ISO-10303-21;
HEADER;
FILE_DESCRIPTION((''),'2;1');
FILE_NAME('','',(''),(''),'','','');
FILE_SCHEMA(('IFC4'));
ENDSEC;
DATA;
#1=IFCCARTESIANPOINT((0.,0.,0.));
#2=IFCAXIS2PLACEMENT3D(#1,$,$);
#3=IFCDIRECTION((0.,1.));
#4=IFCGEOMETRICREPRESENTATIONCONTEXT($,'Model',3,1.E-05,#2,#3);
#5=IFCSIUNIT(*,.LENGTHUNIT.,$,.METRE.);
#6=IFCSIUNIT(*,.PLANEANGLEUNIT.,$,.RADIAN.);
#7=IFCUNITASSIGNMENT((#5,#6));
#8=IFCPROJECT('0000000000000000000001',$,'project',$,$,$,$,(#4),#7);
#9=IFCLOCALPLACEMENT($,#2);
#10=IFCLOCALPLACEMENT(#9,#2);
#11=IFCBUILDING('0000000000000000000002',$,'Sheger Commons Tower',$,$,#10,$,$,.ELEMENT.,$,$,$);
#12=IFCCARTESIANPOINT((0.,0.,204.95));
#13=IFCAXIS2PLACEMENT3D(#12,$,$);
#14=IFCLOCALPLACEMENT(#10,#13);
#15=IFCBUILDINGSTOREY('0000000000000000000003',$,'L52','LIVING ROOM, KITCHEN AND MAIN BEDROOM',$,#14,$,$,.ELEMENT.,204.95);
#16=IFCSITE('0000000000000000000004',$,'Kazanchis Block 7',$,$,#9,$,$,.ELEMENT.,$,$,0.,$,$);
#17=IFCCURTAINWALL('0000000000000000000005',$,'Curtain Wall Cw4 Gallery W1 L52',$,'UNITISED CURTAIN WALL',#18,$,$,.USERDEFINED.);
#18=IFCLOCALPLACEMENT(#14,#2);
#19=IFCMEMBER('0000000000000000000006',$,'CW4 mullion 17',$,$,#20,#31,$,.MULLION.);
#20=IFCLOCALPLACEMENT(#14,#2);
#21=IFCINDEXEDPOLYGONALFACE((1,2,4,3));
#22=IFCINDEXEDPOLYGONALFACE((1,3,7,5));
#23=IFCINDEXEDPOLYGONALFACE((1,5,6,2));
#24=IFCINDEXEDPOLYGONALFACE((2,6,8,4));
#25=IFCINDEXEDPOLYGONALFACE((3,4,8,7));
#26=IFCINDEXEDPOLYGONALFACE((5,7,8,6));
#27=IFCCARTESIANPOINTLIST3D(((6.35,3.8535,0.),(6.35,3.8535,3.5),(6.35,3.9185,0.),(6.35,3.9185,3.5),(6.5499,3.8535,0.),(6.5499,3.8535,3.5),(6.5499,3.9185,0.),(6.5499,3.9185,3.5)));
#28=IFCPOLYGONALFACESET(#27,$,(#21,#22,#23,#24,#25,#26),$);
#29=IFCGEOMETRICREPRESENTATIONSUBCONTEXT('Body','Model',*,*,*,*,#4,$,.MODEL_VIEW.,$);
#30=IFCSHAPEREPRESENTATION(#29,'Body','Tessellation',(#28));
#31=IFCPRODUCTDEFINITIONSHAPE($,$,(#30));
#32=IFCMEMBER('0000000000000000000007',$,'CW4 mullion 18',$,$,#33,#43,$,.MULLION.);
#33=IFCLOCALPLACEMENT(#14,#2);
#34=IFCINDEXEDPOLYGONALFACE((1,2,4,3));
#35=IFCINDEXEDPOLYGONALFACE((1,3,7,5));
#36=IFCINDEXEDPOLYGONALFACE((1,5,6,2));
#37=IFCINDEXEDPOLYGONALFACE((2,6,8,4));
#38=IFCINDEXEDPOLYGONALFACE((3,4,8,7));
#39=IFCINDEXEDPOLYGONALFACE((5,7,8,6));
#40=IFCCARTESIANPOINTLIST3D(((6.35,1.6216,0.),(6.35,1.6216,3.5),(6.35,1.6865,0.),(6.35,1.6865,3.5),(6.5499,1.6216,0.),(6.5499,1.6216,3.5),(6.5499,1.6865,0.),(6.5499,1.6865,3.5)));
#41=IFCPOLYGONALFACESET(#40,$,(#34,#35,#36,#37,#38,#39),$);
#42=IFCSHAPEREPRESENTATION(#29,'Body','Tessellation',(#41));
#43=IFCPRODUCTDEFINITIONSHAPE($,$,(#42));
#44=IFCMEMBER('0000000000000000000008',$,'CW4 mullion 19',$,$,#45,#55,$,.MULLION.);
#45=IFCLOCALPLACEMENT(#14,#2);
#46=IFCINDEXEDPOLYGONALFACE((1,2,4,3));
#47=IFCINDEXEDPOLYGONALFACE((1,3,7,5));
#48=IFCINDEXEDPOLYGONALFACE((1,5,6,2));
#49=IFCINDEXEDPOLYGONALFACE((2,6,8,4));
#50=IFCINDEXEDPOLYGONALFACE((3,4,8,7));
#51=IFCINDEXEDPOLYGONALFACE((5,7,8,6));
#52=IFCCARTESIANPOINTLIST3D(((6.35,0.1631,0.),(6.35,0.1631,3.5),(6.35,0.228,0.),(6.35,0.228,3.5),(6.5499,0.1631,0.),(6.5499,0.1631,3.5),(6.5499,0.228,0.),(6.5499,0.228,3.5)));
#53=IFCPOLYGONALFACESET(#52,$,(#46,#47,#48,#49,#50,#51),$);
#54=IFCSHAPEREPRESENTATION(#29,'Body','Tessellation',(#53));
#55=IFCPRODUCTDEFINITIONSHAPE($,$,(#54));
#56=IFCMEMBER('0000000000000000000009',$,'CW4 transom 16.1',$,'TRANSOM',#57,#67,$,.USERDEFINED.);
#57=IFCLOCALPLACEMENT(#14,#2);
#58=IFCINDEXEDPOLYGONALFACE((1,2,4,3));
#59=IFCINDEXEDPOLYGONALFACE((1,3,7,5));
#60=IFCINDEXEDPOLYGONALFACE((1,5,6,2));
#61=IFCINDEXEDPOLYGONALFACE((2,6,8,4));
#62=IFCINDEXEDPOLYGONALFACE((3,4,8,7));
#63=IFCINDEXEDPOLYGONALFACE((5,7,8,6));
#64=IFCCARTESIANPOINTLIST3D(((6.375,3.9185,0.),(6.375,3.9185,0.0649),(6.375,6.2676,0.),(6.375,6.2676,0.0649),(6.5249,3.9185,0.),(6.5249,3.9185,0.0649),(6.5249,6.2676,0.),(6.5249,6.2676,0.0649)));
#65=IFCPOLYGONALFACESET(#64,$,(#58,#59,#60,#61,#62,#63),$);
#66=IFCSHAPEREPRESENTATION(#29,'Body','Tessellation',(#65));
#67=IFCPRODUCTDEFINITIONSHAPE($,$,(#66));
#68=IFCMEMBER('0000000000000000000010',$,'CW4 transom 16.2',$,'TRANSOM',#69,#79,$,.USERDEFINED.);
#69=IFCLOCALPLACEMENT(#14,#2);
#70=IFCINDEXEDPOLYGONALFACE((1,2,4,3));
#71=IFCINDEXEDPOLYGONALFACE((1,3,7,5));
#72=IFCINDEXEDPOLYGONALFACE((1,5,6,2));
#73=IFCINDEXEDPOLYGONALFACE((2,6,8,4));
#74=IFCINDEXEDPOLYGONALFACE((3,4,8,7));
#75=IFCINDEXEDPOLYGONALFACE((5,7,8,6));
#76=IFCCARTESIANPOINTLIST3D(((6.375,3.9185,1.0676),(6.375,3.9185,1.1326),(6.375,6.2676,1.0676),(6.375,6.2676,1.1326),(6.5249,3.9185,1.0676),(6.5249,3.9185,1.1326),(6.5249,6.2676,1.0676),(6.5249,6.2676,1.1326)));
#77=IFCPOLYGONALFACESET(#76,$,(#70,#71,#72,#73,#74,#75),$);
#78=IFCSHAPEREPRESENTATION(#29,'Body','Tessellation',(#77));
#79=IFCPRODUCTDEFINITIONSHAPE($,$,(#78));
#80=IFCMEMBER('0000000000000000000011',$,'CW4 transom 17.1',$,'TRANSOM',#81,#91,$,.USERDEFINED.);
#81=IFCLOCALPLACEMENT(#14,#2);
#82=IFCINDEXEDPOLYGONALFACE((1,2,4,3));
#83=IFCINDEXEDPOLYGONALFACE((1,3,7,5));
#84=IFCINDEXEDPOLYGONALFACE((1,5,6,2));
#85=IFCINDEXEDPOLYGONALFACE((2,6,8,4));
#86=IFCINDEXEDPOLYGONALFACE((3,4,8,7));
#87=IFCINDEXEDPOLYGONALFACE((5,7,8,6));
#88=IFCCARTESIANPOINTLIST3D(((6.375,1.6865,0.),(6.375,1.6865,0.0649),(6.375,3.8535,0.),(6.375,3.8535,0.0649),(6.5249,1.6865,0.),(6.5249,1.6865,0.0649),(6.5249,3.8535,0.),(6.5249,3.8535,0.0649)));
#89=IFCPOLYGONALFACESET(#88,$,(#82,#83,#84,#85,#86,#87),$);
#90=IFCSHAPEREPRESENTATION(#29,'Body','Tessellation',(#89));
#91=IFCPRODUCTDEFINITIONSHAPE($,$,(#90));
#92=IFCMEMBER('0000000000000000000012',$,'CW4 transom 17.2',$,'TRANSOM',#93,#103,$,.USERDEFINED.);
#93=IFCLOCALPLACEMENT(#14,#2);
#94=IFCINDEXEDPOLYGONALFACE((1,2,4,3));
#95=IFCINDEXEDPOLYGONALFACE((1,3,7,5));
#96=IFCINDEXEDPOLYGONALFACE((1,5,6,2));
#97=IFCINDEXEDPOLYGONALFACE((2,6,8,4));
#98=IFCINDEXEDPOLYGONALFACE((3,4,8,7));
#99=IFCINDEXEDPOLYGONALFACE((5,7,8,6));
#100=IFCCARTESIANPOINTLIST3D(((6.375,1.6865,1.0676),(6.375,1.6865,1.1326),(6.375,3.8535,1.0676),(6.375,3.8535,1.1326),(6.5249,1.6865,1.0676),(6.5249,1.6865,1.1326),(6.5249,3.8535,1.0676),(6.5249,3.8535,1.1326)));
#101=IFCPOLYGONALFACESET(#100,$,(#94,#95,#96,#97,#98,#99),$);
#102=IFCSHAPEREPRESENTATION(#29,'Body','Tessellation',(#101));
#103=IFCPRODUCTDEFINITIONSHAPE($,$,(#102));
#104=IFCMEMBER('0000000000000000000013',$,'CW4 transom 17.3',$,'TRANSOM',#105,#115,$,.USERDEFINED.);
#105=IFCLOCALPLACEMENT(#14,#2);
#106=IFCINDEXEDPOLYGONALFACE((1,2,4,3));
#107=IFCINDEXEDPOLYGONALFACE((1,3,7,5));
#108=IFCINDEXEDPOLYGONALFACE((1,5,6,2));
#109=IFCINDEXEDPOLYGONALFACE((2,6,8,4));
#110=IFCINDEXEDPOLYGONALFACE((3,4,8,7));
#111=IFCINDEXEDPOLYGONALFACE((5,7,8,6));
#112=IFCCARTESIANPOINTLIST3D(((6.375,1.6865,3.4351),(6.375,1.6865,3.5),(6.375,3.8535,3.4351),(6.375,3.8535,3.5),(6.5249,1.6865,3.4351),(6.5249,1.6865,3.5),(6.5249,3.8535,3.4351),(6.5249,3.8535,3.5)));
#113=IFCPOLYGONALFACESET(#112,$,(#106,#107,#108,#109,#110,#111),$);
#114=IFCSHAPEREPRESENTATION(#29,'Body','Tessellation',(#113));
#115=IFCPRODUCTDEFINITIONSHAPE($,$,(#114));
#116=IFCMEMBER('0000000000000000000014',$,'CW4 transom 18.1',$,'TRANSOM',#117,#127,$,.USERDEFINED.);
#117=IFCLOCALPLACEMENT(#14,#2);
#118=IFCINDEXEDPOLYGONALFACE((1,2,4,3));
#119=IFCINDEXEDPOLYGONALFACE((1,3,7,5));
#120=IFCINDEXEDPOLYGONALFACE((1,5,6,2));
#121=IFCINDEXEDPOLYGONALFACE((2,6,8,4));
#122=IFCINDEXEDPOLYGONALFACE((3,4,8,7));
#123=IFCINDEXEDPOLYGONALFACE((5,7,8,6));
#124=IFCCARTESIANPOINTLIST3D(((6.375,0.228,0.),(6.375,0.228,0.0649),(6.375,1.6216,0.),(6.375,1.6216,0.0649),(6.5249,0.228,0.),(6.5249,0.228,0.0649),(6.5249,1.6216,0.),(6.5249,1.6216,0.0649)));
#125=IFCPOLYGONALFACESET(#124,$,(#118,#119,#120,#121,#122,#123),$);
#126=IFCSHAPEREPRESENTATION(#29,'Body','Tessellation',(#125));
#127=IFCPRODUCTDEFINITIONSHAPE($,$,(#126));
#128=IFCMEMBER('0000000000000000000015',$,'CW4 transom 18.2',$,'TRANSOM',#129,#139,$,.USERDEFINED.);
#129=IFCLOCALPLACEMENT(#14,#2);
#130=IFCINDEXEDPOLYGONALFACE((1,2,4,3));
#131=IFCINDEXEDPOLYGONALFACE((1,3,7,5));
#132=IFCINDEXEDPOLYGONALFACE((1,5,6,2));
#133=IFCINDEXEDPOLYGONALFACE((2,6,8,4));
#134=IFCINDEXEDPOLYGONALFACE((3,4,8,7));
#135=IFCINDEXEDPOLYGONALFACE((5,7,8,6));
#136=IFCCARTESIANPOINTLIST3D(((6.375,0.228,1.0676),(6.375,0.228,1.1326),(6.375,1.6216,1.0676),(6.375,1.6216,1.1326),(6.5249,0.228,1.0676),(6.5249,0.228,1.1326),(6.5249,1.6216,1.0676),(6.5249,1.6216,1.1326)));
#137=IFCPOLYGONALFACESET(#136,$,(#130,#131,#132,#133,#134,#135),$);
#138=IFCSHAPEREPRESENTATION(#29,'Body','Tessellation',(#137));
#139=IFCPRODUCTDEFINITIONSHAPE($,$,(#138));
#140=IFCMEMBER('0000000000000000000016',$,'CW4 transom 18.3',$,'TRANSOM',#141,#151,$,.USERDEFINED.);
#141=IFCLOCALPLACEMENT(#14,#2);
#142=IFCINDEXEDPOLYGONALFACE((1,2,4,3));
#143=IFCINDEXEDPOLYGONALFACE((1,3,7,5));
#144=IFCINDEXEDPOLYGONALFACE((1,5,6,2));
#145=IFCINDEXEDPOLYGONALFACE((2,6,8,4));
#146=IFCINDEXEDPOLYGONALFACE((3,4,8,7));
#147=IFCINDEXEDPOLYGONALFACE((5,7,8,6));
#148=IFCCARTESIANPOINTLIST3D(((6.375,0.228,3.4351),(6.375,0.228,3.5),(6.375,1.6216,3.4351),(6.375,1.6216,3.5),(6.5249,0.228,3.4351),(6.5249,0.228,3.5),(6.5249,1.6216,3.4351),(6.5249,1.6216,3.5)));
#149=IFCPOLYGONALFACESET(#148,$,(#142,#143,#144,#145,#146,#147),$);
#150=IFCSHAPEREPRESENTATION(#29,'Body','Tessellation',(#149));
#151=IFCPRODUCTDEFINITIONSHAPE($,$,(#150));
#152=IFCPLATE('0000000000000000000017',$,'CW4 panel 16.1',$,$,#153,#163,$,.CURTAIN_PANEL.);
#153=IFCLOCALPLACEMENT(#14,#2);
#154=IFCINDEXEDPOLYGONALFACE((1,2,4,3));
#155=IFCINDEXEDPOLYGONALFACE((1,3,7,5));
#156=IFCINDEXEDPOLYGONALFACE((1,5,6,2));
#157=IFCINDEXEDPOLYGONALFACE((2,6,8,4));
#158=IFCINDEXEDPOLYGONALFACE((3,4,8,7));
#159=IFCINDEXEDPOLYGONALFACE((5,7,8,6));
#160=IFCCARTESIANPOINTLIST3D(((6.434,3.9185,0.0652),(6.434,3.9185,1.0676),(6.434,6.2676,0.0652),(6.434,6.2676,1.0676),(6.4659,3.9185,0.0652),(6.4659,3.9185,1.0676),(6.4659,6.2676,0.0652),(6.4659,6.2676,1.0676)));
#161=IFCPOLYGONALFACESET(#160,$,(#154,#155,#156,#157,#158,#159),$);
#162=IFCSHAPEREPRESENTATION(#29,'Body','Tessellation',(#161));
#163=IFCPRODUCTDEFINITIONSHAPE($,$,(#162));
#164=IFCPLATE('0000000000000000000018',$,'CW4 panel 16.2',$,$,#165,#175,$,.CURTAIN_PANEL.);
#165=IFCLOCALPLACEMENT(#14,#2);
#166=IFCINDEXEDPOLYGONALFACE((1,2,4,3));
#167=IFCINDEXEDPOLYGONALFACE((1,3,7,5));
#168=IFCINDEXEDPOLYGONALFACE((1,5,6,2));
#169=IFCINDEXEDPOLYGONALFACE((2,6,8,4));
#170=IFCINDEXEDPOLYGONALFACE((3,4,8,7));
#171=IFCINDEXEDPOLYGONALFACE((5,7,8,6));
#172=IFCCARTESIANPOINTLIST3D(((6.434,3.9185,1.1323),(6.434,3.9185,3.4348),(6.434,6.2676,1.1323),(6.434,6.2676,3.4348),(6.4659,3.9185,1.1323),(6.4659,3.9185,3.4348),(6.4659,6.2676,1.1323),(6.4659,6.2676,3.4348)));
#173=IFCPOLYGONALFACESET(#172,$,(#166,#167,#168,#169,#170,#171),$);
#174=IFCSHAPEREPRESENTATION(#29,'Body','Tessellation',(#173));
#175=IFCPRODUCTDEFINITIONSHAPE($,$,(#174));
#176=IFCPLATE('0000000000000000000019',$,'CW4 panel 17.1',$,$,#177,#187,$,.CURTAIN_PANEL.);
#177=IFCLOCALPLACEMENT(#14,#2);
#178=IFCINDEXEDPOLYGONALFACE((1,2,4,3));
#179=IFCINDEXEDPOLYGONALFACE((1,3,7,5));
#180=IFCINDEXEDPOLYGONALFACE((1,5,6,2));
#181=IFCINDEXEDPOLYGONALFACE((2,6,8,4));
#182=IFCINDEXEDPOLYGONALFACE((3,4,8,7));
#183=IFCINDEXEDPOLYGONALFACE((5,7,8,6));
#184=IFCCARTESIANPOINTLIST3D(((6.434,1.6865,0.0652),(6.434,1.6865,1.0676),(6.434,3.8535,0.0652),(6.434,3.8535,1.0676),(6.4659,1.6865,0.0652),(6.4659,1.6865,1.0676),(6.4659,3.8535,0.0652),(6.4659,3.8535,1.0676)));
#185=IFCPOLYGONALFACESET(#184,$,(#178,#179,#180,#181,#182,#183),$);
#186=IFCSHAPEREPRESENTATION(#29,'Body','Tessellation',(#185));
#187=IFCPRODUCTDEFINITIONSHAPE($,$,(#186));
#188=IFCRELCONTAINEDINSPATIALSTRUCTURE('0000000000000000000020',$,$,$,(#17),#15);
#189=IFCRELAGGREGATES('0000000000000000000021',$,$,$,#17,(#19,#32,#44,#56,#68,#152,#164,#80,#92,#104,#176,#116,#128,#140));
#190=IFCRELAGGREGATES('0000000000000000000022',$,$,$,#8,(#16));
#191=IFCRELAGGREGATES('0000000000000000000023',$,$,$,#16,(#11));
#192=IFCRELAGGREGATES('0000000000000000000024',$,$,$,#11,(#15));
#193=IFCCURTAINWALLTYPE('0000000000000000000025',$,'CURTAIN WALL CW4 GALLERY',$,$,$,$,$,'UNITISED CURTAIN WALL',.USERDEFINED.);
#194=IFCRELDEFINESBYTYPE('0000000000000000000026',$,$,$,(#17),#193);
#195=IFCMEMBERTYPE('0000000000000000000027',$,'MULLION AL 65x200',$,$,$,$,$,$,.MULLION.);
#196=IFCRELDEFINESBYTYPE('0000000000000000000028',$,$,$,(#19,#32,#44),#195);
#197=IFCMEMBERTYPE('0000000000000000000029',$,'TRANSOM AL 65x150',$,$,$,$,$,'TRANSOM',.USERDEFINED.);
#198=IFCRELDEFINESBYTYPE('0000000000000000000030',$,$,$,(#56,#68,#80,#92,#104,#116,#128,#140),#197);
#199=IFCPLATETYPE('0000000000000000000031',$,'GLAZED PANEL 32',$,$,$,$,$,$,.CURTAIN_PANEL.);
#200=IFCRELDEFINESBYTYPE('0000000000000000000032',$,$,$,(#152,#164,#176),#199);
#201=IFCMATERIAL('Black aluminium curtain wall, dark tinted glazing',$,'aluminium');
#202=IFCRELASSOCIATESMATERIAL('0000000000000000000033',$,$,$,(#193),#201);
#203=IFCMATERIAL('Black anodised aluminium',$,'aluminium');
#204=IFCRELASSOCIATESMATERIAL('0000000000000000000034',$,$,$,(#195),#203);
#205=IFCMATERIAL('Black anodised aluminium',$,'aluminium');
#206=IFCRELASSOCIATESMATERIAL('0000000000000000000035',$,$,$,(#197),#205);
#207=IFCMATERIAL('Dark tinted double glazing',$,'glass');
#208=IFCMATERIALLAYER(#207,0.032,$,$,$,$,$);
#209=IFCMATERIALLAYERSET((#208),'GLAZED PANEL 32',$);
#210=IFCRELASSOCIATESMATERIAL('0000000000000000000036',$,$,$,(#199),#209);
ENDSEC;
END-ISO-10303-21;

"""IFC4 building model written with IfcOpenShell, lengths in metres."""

from ifc_helpers import new_model, si_unit, direction, frame, origin, origin_2d, place, context, subcontext, project, spatial, rectangle, extrude, material, layer, layer_set, material_profile, profile_set, type_object, element, aggregate, save


model = new_model("IFC4")

# Units and contexts
model_context = context("Model", 3, precision=1e-05, world=origin(), true_north=direction((0.0, 1.0)))
body_context = subcontext(model_context, "Body", "Model", "MODEL_VIEW")
ifc_project = project(units=[si_unit("LENGTHUNIT", "METRE"), si_unit("PLANEANGLEUNIT", "RADIAN")], contexts=[model_context])

# Site, building, storey
site_placement = place(None, origin())
site = spatial("IfcSite", under=ifc_project, at=site_placement, Name="Kazanchis Block 7", CompositionType="ELEMENT", RefElevation=0.0)
building_placement = place(site_placement, origin())
building = spatial("IfcBuilding", under=site, at=building_placement, Name="Sheger Commons Tower", CompositionType="ELEMENT")
storey_placement = place(building_placement, frame((0.0, 0.0, 204.95)))
storey = spatial("IfcBuildingStorey", under=building, at=storey_placement, Name="L52", Description="LIVING ROOM, KITCHEN AND MAIN BEDROOM", CompositionType="ELEMENT", Elevation=204.95)

# Curtain wall, members, plates
ifc_material_1 = material(Name="Black aluminium curtain wall, dark tinted glazing", Category="aluminium")
curtain_wall_type = type_object("IfcCurtainWallType", Name="CURTAIN WALL CW4 GALLERY", ElementType="UNITISED CURTAIN WALL", PredefinedType="USERDEFINED", material=ifc_material_1)
curtain_wall_placement = place(storey_placement, origin())
curtain_wall = element("IfcCurtainWall", 1, at=curtain_wall_placement, inside=storey, type_object=curtain_wall_type, Name="Curtain Wall Cw4 Gallery W1 L52", ObjectType="UNITISED CURTAIN WALL", PredefinedType="USERDEFINED")
ifc_material_2 = material(Name="Black anodised aluminium", Category="aluminium")
ifc_material_profile_1 = material_profile(ifc_material_2, rectangle(XDim=0.2, YDim=0.0649, at=origin_2d()), Name="AL 65x200")
ifc_profile_set_1 = profile_set([ifc_material_profile_1], Name="Black anodised aluminium")
member_type_1 = type_object("IfcMemberType", Name="MULLION AL 65x200", PredefinedType="MULLION", material=ifc_profile_set_1)
member_1_placement = place(storey_placement, frame((6.45, 3.886, 0.0), z_axis=(0.0, 0.0, 1.0), x_axis=(1.0, 0.0, 0.0)))
member_1 = element("IfcMember", 2, at=member_1_placement, type_object=member_type_1, Name="CW4 mullion 17", PredefinedType="MULLION", context=body_context, shape_type="SweptSolid", body=[
    extrude(rectangle(XDim=0.2, YDim=0.0649, at=origin_2d()), origin(), (0.0, 0.0, 1.0), 3.5),
])
member_2_placement = place(storey_placement, frame((6.45, 1.6541, 0.0), z_axis=(0.0, 0.0, 1.0), x_axis=(1.0, 0.0, 0.0)))
member_2 = element("IfcMember", 3, at=member_2_placement, type_object=member_type_1, Name="CW4 mullion 18", PredefinedType="MULLION", context=body_context, shape_type="SweptSolid", body=[
    extrude(rectangle(XDim=0.2, YDim=0.0649, at=origin_2d()), origin(), (0.0, 0.0, 1.0), 3.5),
])
member_3_placement = place(storey_placement, frame((6.45, 0.1956, 0.0), z_axis=(0.0, 0.0, 1.0), x_axis=(1.0, 0.0, 0.0)))
member_3 = element("IfcMember", 4, at=member_3_placement, type_object=member_type_1, Name="CW4 mullion 19", PredefinedType="MULLION", context=body_context, shape_type="SweptSolid", body=[
    extrude(rectangle(XDim=0.2, YDim=0.0649, at=origin_2d()), origin(), (0.0, 0.0, 1.0), 3.5),
])
ifc_material_3 = material(Name="Black anodised aluminium", Category="aluminium")
ifc_material_profile_2 = material_profile(ifc_material_3, rectangle(XDim=0.1499, YDim=0.0649, at=origin_2d()), Name="AL 65x150")
ifc_profile_set_2 = profile_set([ifc_material_profile_2], Name="Black anodised aluminium")
member_type_2 = type_object("IfcMemberType", Name="TRANSOM AL 65x150", ElementType="TRANSOM", PredefinedType="USERDEFINED", material=ifc_profile_set_2)
member_4_placement = place(storey_placement, frame((6.45, 6.2676, 0.0325), z_axis=(0.0, -1.0, 0.0), x_axis=(1.0, 0.0, 0.0)))
member_4 = element("IfcMember", 5, at=member_4_placement, type_object=member_type_2, Name="CW4 transom 16.1", ObjectType="TRANSOM", PredefinedType="USERDEFINED", context=body_context, shape_type="SweptSolid", body=[
    extrude(rectangle(XDim=0.1499, YDim=0.0649, at=origin_2d()), origin(), (0.0, 0.0, 1.0), 2.3491),
])
member_5_placement = place(storey_placement, frame((6.45, 6.2676, 1.1001), z_axis=(0.0, -1.0, 0.0), x_axis=(1.0, 0.0, 0.0)))
member_5 = element("IfcMember", 6, at=member_5_placement, type_object=member_type_2, Name="CW4 transom 16.2", ObjectType="TRANSOM", PredefinedType="USERDEFINED", context=body_context, shape_type="SweptSolid", body=[
    extrude(rectangle(XDim=0.1499, YDim=0.0649, at=origin_2d()), origin(), (0.0, 0.0, 1.0), 2.3491),
])
member_6_placement = place(storey_placement, frame((6.45, 3.8535, 0.0325), z_axis=(0.0, -1.0, 0.0), x_axis=(1.0, 0.0, 0.0)))
member_6 = element("IfcMember", 7, at=member_6_placement, type_object=member_type_2, Name="CW4 transom 17.1", ObjectType="TRANSOM", PredefinedType="USERDEFINED", context=body_context, shape_type="SweptSolid", body=[
    extrude(rectangle(XDim=0.1499, YDim=0.0649, at=origin_2d()), origin(), (0.0, 0.0, 1.0), 2.167),
])
member_7_placement = place(storey_placement, frame((6.45, 3.8535, 1.1001), z_axis=(0.0, -1.0, 0.0), x_axis=(1.0, 0.0, 0.0)))
member_7 = element("IfcMember", 8, at=member_7_placement, type_object=member_type_2, Name="CW4 transom 17.2", ObjectType="TRANSOM", PredefinedType="USERDEFINED", context=body_context, shape_type="SweptSolid", body=[
    extrude(rectangle(XDim=0.1499, YDim=0.0649, at=origin_2d()), origin(), (0.0, 0.0, 1.0), 2.167),
])
member_8_placement = place(storey_placement, frame((6.45, 3.8535, 3.4675), z_axis=(0.0, -1.0, 0.0), x_axis=(1.0, 0.0, 0.0)))
member_8 = element("IfcMember", 9, at=member_8_placement, type_object=member_type_2, Name="CW4 transom 17.3", ObjectType="TRANSOM", PredefinedType="USERDEFINED", context=body_context, shape_type="SweptSolid", body=[
    extrude(rectangle(XDim=0.1499, YDim=0.0649, at=origin_2d()), origin(), (0.0, 0.0, 1.0), 2.167),
])
member_9_placement = place(storey_placement, frame((6.45, 1.6216, 0.0325), z_axis=(0.0, -1.0, 0.0), x_axis=(1.0, 0.0, 0.0)))
member_9 = element("IfcMember", 10, at=member_9_placement, type_object=member_type_2, Name="CW4 transom 18.1", ObjectType="TRANSOM", PredefinedType="USERDEFINED", context=body_context, shape_type="SweptSolid", body=[
    extrude(rectangle(XDim=0.1499, YDim=0.0649, at=origin_2d()), origin(), (0.0, 0.0, 1.0), 1.3936),
])
member_10_placement = place(storey_placement, frame((6.45, 1.6216, 1.1001), z_axis=(0.0, -1.0, 0.0), x_axis=(1.0, 0.0, 0.0)))
member_10 = element("IfcMember", 11, at=member_10_placement, type_object=member_type_2, Name="CW4 transom 18.2", ObjectType="TRANSOM", PredefinedType="USERDEFINED", context=body_context, shape_type="SweptSolid", body=[
    extrude(rectangle(XDim=0.1499, YDim=0.0649, at=origin_2d()), origin(), (0.0, 0.0, 1.0), 1.3936),
])
member_11_placement = place(storey_placement, frame((6.45, 1.6216, 3.4675), z_axis=(0.0, -1.0, 0.0), x_axis=(1.0, 0.0, 0.0)))
member_11 = element("IfcMember", 12, at=member_11_placement, type_object=member_type_2, Name="CW4 transom 18.3", ObjectType="TRANSOM", PredefinedType="USERDEFINED", context=body_context, shape_type="SweptSolid", body=[
    extrude(rectangle(XDim=0.1499, YDim=0.0649, at=origin_2d()), origin(), (0.0, 0.0, 1.0), 1.3936),
])
ifc_material_4 = material(Name="Dark tinted double glazing", Category="glass")
ifc_layer_1 = layer(ifc_material_4, 0.032)
ifc_layer_set_1 = layer_set([ifc_layer_1], Name="GLAZED PANEL 32")
plate_type_1 = type_object("IfcPlateType", Name="GLAZED PANEL 32", PredefinedType="CURTAIN_PANEL", material=ifc_layer_set_1)
plate_1_placement = place(storey_placement, frame((6.45, 5.093, 0.0652), z_axis=(0.0, 0.0, 1.0), x_axis=(0.0, -1.0, 0.0)))
plate_1 = element("IfcPlate", 13, at=plate_1_placement, type_object=plate_type_1, Name="CW4 panel 16.1", PredefinedType="CURTAIN_PANEL", context=body_context, shape_type="SweptSolid", body=[
    extrude(rectangle(XDim=2.3491, YDim=0.032, at=origin_2d()), origin(), (0.0, 0.0, 1.0), 1.0024),
])
plate_2_placement = place(storey_placement, frame((6.45, 5.093, 1.1323), z_axis=(0.0, 0.0, 1.0), x_axis=(0.0, -1.0, 0.0)))
plate_2 = element("IfcPlate", 14, at=plate_2_placement, type_object=plate_type_1, Name="CW4 panel 16.2", PredefinedType="CURTAIN_PANEL", context=body_context, shape_type="SweptSolid", body=[
    extrude(rectangle(XDim=2.3491, YDim=0.032, at=origin_2d()), origin(), (0.0, 0.0, 1.0), 2.3025),
])
plate_3_placement = place(storey_placement, frame((6.45, 2.77, 0.0652), z_axis=(0.0, 0.0, 1.0), x_axis=(0.0, -1.0, 0.0)))
plate_3 = element("IfcPlate", 15, at=plate_3_placement, type_object=plate_type_1, Name="CW4 panel 17.1", PredefinedType="CURTAIN_PANEL", context=body_context, shape_type="SweptSolid", body=[
    extrude(rectangle(XDim=2.167, YDim=0.032, at=origin_2d()), origin(), (0.0, 0.0, 1.0), 1.0024),
])
aggregate(curtain_wall, [member_1, member_2, member_3, member_4, member_5, plate_1, plate_2, member_6, member_7, member_8, plate_3, member_9, member_10, member_11])

save(model, "model.ifc")
